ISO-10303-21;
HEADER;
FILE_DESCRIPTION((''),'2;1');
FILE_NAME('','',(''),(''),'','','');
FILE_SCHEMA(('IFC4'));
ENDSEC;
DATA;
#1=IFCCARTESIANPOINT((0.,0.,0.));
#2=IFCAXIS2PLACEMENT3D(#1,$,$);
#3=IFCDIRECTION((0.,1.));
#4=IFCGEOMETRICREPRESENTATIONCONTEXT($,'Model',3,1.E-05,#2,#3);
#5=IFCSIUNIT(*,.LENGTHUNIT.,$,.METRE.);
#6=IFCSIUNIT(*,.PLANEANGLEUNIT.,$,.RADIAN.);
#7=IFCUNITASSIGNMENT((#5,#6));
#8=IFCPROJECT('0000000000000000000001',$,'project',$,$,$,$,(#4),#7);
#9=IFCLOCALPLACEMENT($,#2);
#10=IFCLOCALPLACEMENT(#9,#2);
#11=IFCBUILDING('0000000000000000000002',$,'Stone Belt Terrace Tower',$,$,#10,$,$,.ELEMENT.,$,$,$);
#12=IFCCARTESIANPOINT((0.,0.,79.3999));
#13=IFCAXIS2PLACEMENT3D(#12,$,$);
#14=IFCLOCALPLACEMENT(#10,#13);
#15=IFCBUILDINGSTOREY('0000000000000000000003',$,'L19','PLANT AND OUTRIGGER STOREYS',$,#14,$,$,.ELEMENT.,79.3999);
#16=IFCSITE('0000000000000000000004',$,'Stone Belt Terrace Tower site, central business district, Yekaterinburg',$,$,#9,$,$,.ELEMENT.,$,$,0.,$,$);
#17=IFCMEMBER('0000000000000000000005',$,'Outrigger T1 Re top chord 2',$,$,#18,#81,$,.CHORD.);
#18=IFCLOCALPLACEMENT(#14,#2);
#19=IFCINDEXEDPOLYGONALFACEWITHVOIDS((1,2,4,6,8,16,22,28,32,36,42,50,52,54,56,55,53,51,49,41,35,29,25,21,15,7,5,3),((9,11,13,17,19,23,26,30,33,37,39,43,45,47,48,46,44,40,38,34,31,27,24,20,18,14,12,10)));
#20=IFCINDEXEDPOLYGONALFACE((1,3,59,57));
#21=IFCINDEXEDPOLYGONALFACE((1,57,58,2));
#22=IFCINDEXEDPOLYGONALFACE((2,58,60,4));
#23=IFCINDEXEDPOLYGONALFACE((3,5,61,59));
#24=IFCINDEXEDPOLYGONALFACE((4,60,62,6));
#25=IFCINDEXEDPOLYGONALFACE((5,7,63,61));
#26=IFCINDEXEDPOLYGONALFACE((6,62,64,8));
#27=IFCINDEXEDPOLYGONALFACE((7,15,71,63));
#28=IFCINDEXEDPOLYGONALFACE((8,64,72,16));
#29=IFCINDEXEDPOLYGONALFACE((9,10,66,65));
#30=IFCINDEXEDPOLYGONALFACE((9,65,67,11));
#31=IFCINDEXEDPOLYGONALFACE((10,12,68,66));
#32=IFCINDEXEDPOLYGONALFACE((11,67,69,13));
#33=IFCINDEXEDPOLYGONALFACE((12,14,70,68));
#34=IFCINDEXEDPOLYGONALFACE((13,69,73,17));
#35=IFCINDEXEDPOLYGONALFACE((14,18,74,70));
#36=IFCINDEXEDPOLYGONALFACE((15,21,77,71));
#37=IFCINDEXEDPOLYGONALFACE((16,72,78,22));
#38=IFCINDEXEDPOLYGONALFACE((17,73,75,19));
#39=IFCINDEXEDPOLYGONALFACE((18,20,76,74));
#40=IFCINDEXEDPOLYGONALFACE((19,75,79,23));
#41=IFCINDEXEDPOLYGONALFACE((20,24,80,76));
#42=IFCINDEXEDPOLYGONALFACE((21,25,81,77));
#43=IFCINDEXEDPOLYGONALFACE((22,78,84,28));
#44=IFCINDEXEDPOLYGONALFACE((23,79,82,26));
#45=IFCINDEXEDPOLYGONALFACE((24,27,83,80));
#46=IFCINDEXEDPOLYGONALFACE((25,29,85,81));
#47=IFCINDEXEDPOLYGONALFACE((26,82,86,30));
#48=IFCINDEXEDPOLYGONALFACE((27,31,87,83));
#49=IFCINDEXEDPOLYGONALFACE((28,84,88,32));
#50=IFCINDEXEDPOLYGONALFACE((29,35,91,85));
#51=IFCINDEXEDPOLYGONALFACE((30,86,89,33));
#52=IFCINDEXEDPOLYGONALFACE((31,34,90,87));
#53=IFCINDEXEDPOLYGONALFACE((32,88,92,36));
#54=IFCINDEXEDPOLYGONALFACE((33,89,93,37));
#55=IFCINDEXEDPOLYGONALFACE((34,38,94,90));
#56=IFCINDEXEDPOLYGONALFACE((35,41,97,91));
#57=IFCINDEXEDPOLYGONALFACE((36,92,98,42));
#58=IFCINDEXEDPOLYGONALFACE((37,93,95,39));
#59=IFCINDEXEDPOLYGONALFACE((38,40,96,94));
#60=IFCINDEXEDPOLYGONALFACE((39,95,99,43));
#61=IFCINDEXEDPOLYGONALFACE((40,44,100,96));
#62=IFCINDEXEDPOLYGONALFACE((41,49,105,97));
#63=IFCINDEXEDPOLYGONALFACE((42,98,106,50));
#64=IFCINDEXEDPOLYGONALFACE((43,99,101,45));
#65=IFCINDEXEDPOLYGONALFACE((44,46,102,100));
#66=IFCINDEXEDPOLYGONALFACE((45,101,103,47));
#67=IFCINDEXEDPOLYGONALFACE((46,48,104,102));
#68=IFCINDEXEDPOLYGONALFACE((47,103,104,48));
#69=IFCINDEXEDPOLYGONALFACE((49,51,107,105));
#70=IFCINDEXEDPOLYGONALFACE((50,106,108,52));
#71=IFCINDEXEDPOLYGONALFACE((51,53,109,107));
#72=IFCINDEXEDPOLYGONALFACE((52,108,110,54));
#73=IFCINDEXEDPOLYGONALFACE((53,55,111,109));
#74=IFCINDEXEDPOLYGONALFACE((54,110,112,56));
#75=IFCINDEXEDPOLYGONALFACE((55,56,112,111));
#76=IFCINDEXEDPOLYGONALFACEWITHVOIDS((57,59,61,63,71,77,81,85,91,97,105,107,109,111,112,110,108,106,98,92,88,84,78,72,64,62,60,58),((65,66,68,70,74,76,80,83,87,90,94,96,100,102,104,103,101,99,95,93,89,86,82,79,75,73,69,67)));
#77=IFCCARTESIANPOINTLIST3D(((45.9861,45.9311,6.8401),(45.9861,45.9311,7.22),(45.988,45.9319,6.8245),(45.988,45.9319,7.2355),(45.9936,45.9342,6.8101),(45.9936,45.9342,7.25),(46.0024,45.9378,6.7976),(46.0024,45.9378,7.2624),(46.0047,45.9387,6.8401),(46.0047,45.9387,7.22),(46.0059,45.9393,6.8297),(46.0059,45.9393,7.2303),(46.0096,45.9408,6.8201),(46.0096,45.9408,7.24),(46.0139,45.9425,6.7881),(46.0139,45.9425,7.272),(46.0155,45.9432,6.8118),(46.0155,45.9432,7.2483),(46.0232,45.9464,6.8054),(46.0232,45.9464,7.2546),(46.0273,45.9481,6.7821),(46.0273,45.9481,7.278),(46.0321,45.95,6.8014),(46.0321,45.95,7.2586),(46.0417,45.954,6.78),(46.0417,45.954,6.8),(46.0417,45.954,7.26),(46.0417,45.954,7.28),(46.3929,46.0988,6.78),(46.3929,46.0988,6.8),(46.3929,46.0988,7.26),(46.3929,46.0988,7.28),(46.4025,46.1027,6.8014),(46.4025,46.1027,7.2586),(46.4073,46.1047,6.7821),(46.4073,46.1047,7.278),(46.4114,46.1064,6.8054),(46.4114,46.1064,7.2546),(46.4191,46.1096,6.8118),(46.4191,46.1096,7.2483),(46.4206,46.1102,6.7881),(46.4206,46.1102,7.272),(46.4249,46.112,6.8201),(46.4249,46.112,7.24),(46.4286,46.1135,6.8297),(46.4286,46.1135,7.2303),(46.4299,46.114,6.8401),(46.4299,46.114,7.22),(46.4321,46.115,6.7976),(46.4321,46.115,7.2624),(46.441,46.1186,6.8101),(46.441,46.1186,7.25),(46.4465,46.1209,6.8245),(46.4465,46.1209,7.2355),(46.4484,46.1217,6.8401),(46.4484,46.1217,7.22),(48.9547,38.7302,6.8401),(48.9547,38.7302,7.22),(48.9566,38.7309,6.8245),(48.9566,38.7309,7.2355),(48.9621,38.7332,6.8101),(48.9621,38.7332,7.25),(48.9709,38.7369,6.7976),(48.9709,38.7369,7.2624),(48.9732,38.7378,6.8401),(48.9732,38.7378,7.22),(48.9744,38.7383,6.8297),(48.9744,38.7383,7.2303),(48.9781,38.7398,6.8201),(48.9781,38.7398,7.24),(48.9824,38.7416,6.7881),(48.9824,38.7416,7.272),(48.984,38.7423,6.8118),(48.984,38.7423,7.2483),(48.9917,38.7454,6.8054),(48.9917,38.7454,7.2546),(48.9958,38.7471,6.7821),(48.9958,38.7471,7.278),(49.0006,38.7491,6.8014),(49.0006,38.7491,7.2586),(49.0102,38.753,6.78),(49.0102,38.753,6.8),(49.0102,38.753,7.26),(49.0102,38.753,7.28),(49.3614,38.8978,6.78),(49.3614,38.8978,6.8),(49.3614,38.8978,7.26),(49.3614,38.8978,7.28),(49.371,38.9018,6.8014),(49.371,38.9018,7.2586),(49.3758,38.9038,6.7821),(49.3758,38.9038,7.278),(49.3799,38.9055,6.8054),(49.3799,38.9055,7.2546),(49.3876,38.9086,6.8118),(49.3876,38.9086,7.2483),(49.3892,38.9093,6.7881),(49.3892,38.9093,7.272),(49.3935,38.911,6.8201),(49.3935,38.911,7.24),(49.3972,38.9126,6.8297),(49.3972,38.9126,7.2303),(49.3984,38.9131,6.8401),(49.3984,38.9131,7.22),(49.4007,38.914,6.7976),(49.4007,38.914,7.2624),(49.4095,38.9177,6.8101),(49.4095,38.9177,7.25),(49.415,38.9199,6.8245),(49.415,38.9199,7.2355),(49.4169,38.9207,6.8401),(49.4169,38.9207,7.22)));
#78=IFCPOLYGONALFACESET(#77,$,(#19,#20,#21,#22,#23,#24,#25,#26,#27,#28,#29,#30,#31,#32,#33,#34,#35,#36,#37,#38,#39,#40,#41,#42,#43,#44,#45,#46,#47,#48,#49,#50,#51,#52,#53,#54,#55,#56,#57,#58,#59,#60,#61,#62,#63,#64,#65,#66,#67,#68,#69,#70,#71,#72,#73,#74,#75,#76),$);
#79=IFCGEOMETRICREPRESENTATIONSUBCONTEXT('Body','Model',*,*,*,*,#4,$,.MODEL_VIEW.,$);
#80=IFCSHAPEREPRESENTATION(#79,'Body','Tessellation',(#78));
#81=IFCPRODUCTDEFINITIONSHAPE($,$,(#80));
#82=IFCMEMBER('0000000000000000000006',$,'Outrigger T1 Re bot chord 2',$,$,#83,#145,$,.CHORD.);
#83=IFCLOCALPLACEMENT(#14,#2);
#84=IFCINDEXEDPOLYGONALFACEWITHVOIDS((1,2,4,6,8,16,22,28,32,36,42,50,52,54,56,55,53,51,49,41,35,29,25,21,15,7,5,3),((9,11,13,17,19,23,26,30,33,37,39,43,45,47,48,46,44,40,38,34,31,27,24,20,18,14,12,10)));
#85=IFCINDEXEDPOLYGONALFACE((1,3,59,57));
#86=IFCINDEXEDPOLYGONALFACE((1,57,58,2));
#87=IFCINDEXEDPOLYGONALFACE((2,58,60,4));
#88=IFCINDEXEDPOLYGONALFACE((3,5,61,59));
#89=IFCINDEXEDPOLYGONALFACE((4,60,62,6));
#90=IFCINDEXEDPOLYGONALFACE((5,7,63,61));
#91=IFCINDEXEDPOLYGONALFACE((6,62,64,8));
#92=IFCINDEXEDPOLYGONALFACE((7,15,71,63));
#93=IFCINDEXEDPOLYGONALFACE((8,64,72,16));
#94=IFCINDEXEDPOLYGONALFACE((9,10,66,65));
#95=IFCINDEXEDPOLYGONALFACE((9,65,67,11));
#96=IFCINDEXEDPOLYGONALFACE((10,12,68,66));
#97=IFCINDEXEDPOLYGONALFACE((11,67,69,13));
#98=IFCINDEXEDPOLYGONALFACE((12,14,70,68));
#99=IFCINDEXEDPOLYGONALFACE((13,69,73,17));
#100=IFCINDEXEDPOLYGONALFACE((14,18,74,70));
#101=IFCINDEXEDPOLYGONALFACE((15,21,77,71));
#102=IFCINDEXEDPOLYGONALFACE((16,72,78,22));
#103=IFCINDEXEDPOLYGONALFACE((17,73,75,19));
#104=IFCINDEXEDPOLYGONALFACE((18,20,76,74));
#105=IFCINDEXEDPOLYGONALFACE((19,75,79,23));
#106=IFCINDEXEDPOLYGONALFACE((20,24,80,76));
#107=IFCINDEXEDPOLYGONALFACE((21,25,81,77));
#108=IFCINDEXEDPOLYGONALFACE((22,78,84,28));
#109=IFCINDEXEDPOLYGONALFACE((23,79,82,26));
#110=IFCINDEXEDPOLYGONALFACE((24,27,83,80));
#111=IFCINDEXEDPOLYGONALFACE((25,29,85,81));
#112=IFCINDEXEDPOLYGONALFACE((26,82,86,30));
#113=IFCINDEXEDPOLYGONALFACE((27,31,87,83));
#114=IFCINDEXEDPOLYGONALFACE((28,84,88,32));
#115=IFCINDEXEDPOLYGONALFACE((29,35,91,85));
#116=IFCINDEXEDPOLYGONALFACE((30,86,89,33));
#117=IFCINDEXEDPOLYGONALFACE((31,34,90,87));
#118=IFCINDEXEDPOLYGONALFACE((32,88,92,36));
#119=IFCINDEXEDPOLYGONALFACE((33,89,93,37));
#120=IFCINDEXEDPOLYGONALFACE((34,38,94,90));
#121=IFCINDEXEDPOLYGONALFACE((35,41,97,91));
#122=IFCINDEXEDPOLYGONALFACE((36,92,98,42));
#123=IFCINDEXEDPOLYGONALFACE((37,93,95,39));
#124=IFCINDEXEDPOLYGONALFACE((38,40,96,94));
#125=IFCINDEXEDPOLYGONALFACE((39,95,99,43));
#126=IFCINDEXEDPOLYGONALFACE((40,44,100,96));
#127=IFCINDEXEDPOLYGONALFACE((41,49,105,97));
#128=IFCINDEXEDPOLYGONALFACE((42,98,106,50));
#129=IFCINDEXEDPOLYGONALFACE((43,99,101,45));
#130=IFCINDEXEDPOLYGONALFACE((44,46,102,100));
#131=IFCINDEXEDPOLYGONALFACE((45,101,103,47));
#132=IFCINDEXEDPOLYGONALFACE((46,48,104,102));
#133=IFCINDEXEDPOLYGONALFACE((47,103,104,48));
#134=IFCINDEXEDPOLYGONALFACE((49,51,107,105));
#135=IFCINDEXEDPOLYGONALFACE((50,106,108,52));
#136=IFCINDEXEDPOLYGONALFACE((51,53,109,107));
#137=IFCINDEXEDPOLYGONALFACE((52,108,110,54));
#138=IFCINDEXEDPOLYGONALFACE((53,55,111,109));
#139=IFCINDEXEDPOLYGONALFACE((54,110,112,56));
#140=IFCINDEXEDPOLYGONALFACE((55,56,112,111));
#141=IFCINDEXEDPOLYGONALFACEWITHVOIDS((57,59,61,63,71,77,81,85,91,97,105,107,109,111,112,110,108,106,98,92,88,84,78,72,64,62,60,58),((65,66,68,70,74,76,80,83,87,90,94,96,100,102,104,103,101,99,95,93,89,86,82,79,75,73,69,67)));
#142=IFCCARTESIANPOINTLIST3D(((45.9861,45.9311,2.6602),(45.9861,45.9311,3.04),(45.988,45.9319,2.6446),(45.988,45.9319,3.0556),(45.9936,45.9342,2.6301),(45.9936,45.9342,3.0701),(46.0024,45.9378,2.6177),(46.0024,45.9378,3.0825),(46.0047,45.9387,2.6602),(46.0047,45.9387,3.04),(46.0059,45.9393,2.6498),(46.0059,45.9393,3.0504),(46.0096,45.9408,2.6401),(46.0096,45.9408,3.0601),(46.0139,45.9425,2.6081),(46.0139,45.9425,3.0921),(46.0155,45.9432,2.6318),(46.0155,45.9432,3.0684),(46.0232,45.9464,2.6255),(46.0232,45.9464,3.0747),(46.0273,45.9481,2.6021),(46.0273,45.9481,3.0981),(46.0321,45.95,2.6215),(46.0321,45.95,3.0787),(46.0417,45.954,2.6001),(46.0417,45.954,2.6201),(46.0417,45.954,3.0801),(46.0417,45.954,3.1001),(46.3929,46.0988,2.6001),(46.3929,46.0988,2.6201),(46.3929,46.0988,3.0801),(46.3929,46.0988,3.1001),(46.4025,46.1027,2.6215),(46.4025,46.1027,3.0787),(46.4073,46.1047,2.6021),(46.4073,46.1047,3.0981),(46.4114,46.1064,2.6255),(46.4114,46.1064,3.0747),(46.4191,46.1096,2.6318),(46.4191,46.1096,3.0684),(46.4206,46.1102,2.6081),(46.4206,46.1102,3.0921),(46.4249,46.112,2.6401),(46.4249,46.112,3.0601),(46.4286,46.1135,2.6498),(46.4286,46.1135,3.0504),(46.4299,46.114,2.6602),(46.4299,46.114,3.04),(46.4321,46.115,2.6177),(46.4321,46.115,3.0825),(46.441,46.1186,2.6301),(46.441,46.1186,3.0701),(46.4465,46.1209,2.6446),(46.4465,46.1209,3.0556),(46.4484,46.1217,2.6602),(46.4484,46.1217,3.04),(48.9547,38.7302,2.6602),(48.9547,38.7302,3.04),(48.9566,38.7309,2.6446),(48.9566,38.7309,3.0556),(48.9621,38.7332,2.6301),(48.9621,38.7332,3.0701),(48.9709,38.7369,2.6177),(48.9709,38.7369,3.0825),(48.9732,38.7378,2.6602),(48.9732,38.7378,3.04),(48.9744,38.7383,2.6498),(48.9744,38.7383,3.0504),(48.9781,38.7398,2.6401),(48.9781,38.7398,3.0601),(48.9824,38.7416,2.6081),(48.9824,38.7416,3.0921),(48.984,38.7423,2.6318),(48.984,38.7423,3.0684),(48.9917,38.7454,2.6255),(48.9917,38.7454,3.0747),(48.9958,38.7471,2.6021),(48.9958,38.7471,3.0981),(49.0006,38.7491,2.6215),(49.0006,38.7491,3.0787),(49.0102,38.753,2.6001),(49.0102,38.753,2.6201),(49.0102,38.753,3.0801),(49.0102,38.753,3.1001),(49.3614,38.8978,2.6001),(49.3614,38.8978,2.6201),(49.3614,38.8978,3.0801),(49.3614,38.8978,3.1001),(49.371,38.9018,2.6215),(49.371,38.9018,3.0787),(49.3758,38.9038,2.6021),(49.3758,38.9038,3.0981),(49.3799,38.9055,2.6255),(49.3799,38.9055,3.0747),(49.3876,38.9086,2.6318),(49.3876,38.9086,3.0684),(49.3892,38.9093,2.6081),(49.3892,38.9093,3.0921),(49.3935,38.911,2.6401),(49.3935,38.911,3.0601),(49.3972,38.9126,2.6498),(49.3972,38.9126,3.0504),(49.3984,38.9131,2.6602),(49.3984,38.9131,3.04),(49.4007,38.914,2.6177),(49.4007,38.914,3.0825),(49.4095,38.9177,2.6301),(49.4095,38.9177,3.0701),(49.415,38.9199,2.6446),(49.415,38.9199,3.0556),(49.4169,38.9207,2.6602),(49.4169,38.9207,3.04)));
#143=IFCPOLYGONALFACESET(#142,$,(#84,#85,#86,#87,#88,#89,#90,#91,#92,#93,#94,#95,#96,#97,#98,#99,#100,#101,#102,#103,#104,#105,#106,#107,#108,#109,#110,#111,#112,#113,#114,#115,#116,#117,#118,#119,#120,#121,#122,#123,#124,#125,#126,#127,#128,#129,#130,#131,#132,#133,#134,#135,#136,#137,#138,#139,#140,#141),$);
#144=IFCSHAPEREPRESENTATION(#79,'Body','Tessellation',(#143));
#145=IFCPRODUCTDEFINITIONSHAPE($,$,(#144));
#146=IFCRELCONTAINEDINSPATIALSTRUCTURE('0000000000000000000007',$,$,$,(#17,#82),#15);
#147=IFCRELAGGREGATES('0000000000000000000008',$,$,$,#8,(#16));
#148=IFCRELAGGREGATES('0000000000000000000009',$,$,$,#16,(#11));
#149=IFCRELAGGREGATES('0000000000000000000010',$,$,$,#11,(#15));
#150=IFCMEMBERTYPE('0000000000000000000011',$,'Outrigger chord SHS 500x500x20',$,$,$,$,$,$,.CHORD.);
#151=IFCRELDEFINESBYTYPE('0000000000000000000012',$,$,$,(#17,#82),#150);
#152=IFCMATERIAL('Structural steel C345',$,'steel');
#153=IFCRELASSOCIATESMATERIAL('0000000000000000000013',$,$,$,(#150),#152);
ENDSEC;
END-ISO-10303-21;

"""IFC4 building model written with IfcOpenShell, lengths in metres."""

from ifc_helpers import new_model, si_unit, direction, frame, origin, origin_2d, place, context, subcontext, project, spatial, hollow_rectangle, extrude, material, material_profile, profile_set, type_object, element, save


model = new_model("IFC4")

# Units and contexts
model_context = context("Model", 3, precision=1e-05, world=origin(), true_north=direction((0.0, 1.0)))
body_context = subcontext(model_context, "Body", "Model", "MODEL_VIEW")
ifc_project = project(units=[si_unit("LENGTHUNIT", "METRE"), si_unit("PLANEANGLEUNIT", "RADIAN")], contexts=[model_context])

# Site, building, storey
site_placement = place(None, origin())
site = spatial("IfcSite", under=ifc_project, at=site_placement, Name="Stone Belt Terrace Tower site, central business district, Yekaterinburg", CompositionType="ELEMENT", RefElevation=0.0)
building_placement = place(site_placement, origin())
building = spatial("IfcBuilding", under=site, at=building_placement, Name="Stone Belt Terrace Tower", CompositionType="ELEMENT")
storey_placement = place(building_placement, frame((0.0, 0.0, 79.3999)))
storey = spatial("IfcBuildingStorey", under=building, at=storey_placement, Name="L19", Description="PLANT AND OUTRIGGER STOREYS", CompositionType="ELEMENT", Elevation=79.3999)

# Members
ifc_material_1 = material(Name="Structural steel C345", Category="steel")
ifc_material_profile_1 = material_profile(ifc_material_1, hollow_rectangle(XDim=0.5, YDim=0.5, WallThickness=0.02, InnerFilletRadius=0.04, OuterFilletRadius=0.0601, at=origin_2d()), Name="SHS 500x500x20")
ifc_profile_set_1 = profile_set([ifc_material_profile_1], Name="Structural steel C345")
member_type_1 = type_object("IfcMemberType", Name="Outrigger chord SHS 500x500x20", PredefinedType="CHORD", material=ifc_profile_set_1)
for number, where, z_axis, x_axis, name in (
    (1, (49.1858, 38.8254, 7.03), (-0.381125, 0.924524, 0.0), (-0.924524, -0.381125, 0.0), "Outrigger T1 Re top chord 2"),
    (2, (49.1858, 38.8254, 2.8501), (-0.381125, 0.924524, 0.0), (-0.924524, -0.381125, 0.0), "Outrigger T1 Re bot chord 2"),
):
    element("IfcMember", number, at=place(storey_placement, frame(where, z_axis=z_axis, x_axis=x_axis)), inside=storey, type_object=member_type_1, Name=name, PredefinedType="CHORD", context=body_context, shape_type="SweptSolid", body=[
        extrude(hollow_rectangle(XDim=0.5, YDim=0.5, WallThickness=0.02, InnerFilletRadius=0.04, OuterFilletRadius=0.0601, at=origin_2d()), origin(), (0.0, 0.0, 1.0), 7.7888),
    ])

save(model, "model.ifc")
